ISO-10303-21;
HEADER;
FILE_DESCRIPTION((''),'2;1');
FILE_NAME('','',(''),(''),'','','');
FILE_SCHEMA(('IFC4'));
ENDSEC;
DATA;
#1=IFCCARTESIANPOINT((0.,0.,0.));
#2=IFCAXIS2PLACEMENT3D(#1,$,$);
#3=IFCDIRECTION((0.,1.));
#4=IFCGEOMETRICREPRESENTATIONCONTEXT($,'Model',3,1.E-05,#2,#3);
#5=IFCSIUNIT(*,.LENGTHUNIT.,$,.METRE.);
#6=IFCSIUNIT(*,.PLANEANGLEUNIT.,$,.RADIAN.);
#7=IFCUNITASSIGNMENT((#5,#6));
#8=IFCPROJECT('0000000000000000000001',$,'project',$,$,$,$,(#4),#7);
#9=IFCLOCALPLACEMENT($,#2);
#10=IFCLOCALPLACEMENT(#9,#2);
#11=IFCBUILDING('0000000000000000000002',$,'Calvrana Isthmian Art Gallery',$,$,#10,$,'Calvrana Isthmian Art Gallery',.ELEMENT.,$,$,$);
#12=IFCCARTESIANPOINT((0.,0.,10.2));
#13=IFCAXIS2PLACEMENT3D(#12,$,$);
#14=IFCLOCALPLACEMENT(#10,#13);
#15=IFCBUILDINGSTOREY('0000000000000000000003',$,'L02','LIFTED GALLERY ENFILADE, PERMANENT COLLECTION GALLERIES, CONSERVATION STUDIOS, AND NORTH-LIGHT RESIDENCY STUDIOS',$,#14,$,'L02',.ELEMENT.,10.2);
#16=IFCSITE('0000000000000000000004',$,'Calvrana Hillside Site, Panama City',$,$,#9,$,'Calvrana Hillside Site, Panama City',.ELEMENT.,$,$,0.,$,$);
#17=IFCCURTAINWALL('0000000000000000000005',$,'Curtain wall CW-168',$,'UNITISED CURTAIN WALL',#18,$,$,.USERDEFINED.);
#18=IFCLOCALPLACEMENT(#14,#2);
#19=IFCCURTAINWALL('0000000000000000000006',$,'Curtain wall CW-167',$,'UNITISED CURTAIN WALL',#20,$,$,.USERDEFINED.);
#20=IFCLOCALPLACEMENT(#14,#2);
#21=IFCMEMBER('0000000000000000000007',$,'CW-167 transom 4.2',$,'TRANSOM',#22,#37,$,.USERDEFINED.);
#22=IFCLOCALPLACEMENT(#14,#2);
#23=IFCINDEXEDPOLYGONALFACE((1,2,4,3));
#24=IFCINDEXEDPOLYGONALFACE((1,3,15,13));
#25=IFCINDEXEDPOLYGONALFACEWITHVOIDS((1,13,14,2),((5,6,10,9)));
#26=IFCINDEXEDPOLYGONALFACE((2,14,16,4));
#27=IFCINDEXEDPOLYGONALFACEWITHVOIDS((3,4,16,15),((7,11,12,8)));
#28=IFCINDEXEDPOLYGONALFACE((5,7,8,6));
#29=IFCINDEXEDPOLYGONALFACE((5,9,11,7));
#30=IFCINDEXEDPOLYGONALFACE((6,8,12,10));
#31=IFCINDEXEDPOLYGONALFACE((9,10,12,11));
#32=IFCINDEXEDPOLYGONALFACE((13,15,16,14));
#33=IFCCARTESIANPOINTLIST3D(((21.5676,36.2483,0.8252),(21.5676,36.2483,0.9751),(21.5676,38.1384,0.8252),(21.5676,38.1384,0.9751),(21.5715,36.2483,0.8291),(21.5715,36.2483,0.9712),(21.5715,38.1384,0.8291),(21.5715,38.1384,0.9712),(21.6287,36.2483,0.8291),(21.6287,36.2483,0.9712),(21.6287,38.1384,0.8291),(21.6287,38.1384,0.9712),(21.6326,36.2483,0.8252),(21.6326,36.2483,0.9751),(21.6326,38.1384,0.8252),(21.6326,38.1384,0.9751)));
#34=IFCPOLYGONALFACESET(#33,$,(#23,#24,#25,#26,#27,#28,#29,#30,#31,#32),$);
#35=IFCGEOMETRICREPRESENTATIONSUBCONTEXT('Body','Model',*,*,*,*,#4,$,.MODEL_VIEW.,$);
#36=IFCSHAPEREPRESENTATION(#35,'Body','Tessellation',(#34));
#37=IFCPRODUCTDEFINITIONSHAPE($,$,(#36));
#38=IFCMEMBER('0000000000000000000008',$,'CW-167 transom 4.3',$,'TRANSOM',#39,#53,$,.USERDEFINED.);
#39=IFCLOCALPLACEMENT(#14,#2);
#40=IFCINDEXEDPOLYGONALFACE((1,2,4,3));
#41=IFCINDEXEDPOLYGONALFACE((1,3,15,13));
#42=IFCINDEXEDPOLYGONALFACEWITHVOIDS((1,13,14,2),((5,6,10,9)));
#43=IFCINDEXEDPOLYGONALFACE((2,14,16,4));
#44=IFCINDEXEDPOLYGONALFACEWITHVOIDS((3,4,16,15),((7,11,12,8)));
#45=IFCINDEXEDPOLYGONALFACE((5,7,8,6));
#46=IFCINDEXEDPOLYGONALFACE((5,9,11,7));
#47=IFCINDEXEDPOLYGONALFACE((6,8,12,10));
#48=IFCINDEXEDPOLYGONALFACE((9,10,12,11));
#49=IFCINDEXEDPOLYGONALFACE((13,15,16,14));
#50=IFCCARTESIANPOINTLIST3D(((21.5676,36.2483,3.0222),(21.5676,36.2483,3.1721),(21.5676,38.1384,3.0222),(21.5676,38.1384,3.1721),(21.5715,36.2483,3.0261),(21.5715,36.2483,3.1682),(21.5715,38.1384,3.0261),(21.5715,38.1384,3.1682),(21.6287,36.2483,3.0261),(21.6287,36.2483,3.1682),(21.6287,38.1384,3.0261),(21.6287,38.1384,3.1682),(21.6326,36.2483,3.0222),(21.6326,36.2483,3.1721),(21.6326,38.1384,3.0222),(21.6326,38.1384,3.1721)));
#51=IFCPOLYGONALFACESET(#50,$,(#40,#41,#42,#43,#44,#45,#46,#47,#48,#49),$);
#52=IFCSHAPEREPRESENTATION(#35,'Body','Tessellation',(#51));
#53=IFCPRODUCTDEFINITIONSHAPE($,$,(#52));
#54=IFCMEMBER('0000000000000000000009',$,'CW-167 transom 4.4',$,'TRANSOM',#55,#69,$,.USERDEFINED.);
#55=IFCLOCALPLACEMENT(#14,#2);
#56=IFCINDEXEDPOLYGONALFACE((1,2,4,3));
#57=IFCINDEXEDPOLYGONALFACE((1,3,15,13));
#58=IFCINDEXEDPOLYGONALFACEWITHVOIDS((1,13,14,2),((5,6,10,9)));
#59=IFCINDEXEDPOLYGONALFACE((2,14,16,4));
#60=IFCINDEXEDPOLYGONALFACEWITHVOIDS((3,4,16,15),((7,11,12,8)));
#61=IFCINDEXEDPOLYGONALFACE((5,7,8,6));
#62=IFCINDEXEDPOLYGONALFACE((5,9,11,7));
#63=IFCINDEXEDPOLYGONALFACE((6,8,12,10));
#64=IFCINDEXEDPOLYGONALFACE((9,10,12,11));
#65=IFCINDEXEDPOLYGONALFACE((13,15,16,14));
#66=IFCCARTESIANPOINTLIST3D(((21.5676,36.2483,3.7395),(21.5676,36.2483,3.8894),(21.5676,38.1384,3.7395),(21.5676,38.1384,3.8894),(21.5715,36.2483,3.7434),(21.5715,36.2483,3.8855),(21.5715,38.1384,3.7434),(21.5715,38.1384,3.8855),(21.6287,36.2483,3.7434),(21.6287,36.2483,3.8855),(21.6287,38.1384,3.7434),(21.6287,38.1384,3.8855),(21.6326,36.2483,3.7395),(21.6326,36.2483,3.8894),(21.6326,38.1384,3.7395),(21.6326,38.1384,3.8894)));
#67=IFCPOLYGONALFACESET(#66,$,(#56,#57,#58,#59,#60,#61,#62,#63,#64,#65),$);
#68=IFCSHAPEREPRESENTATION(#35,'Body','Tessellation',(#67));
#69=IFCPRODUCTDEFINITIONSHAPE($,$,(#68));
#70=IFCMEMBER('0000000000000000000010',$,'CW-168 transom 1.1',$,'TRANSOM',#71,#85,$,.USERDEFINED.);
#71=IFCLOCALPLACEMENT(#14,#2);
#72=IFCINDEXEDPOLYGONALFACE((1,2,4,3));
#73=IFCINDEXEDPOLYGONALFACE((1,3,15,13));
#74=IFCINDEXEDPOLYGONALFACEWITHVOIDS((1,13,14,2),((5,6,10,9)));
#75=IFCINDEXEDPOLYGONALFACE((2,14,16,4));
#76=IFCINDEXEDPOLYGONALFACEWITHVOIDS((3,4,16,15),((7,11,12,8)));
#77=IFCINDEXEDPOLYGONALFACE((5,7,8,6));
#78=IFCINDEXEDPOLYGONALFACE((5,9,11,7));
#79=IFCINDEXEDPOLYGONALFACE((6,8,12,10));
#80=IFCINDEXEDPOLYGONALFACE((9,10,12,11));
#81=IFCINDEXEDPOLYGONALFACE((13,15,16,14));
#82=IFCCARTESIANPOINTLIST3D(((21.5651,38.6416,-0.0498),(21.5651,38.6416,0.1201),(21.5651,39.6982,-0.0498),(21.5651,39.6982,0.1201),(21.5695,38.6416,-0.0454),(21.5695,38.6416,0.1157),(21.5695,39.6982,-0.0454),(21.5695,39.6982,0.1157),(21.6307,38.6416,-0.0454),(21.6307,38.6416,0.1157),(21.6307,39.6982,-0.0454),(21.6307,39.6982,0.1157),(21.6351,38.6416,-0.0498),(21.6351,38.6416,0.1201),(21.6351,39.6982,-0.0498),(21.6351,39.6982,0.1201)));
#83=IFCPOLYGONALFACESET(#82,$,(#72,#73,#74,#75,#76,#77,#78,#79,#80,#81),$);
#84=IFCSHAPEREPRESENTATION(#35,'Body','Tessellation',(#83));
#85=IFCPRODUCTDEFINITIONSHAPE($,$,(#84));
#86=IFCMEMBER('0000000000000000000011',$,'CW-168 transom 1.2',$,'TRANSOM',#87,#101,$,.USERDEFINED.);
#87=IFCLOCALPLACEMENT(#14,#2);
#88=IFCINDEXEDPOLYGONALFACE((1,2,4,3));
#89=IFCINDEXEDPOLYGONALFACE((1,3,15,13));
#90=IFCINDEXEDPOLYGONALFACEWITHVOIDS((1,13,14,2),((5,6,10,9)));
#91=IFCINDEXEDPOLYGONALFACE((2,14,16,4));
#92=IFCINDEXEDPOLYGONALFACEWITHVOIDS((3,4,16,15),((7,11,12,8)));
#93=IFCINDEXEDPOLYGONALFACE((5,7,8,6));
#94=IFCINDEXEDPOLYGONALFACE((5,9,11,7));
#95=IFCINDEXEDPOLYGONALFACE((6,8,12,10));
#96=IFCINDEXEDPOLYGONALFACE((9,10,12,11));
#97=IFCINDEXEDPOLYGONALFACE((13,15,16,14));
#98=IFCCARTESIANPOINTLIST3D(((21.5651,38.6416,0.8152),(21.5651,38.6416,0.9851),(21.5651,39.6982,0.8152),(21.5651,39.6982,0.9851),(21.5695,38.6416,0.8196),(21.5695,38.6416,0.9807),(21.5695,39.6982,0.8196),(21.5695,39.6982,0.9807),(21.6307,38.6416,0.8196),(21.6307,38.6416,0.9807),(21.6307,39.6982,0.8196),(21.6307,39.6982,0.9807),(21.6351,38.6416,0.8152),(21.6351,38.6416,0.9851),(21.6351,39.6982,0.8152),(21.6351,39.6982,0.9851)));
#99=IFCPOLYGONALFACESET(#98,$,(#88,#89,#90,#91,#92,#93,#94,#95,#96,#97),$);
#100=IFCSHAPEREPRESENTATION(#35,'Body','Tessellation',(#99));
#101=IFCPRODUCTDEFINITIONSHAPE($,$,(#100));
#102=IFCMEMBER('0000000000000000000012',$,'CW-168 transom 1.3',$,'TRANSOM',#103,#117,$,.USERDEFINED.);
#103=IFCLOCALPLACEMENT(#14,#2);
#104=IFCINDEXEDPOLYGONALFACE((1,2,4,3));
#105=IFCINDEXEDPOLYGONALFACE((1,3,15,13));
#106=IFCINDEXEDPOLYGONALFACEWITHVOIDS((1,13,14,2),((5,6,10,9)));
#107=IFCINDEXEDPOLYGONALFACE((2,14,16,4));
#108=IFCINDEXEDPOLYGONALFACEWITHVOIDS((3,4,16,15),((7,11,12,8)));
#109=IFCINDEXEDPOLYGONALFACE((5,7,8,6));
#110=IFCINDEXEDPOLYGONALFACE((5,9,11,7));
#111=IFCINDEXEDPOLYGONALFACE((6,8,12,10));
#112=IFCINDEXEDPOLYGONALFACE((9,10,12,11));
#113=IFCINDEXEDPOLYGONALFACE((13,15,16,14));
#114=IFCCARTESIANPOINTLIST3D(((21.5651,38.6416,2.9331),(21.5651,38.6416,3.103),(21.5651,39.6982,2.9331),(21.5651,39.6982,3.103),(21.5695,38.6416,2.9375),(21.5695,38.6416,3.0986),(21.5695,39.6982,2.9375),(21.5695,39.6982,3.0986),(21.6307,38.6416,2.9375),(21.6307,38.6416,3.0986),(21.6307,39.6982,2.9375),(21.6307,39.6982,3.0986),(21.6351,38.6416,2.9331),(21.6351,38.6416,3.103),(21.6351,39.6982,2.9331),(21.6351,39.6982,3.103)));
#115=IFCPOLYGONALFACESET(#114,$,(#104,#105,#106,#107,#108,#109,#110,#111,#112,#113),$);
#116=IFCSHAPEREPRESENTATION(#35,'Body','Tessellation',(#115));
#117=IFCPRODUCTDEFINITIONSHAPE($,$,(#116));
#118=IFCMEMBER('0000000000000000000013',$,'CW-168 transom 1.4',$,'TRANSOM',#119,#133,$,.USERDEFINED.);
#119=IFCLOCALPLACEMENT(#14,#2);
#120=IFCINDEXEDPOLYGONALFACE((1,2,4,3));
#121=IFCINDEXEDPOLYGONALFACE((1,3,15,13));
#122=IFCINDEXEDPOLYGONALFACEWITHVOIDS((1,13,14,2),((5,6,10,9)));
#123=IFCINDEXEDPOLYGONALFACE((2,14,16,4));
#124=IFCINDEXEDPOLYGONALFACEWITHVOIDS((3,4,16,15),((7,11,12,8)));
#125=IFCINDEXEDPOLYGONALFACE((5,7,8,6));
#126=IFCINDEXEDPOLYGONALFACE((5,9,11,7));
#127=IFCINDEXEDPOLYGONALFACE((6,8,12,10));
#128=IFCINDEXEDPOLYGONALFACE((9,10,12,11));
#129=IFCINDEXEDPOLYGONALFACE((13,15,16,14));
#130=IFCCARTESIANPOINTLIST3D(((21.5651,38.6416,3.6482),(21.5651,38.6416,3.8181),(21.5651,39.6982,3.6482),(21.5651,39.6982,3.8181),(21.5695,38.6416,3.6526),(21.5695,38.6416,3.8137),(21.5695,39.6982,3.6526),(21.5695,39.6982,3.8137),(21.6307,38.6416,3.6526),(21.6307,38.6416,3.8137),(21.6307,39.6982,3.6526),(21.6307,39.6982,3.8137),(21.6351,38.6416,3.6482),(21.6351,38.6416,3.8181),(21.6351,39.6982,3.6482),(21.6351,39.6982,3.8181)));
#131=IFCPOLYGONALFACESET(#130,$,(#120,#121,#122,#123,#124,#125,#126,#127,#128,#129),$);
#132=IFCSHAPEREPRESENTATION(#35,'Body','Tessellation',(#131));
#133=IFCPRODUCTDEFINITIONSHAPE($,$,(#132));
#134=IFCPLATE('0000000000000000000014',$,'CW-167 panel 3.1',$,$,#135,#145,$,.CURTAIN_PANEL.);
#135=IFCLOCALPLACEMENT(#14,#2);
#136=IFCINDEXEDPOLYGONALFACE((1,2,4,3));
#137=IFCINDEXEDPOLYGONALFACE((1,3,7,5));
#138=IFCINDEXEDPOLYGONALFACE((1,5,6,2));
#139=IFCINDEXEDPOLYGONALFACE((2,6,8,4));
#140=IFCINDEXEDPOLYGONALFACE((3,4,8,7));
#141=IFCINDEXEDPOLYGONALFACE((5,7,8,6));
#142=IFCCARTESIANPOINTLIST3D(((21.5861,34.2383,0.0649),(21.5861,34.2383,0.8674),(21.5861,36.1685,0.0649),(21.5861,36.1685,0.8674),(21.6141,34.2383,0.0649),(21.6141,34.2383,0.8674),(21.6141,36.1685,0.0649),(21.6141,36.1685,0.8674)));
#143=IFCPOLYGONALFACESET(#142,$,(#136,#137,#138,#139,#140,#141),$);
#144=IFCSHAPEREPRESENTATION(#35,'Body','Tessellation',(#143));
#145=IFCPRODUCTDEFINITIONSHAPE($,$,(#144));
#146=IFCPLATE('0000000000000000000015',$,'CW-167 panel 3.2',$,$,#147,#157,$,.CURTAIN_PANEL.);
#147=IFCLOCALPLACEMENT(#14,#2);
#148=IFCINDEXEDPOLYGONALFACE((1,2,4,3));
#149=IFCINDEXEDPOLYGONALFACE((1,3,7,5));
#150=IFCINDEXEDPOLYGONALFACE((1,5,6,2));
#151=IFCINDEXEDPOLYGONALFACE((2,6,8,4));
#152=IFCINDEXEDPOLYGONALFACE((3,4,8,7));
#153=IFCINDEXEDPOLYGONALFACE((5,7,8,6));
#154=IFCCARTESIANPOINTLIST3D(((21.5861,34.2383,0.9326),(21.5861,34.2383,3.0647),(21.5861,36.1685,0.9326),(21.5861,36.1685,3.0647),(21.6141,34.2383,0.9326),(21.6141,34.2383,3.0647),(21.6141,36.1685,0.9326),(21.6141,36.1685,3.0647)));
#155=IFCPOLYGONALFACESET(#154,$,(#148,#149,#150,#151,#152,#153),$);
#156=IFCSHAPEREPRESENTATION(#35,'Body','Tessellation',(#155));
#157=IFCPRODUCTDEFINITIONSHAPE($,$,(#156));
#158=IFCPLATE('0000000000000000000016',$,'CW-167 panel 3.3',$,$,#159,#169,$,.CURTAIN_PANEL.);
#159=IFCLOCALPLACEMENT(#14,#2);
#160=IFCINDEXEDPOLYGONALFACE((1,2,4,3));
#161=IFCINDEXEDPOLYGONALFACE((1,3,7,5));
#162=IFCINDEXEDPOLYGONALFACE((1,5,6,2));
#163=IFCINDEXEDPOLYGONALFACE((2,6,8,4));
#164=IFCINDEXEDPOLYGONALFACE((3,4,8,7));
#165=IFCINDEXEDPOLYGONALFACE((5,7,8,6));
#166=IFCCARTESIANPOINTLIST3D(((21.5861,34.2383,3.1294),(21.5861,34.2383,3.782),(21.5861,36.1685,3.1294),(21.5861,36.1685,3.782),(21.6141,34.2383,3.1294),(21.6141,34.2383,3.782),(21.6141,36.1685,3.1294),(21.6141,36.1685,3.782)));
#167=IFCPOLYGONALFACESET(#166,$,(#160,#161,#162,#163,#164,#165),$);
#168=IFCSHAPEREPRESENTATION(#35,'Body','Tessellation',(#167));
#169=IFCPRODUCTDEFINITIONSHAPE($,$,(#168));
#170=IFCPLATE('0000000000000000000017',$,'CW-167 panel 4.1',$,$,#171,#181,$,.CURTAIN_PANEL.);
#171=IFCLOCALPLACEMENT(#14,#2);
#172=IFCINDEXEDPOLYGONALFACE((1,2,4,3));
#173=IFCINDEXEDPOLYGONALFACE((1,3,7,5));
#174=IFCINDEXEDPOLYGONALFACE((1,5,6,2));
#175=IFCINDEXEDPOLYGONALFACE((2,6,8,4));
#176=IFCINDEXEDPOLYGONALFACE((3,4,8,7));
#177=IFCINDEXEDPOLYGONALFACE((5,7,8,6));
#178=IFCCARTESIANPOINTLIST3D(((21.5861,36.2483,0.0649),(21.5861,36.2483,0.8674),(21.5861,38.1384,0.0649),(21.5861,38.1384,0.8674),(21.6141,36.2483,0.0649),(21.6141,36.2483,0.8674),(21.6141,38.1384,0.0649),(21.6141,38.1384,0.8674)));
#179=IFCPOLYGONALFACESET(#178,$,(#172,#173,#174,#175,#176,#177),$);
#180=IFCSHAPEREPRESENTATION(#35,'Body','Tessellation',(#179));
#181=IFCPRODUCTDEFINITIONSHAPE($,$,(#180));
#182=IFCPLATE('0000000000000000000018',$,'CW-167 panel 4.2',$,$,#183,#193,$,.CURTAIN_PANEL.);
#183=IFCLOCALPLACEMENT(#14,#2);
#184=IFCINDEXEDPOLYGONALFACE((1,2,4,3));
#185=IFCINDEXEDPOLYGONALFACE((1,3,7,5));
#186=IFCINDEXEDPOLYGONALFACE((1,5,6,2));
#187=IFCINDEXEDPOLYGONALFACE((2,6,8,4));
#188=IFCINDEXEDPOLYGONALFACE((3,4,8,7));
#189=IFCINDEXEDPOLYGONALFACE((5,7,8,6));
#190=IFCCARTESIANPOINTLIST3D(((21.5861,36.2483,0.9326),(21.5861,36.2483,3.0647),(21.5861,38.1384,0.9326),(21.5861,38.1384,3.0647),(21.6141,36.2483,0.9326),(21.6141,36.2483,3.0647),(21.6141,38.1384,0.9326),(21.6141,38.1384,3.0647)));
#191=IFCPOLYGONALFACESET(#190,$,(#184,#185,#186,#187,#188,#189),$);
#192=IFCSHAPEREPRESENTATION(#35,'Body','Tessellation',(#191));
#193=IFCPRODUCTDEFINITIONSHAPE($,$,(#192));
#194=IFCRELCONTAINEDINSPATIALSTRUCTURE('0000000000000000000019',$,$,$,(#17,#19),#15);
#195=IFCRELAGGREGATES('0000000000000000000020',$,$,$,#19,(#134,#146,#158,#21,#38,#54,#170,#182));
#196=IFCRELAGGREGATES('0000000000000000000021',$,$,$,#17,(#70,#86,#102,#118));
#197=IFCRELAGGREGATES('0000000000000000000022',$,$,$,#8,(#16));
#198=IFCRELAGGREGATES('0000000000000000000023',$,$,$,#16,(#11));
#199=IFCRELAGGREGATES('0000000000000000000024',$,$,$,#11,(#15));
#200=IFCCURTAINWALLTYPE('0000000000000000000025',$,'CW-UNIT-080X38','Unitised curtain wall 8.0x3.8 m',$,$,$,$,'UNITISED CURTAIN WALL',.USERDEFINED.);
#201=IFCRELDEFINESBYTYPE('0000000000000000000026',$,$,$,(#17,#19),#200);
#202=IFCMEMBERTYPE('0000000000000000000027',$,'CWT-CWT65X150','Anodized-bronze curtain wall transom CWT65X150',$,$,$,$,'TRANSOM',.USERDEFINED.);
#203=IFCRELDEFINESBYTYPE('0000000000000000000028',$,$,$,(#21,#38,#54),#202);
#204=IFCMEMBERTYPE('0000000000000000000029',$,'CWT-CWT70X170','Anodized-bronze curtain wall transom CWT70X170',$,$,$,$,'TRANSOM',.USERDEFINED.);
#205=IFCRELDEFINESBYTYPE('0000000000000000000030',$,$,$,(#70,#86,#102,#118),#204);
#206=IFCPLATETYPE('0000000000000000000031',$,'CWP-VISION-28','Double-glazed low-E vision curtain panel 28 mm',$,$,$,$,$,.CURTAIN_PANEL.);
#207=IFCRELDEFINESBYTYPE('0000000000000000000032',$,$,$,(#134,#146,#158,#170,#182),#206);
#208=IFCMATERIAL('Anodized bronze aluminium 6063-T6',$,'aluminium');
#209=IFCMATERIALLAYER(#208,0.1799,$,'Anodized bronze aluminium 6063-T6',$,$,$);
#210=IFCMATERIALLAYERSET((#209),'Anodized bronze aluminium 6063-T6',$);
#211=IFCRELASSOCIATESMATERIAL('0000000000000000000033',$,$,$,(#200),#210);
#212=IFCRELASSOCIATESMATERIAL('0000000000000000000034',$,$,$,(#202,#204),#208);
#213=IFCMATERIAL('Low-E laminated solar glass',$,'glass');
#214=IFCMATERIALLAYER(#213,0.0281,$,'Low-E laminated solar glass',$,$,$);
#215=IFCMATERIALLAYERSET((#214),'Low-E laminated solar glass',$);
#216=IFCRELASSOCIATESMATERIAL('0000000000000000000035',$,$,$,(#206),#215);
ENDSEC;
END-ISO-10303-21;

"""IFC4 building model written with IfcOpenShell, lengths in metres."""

from ifc_helpers import new_model, si_unit, direction, frame, origin, origin_2d, place, context, subcontext, project, spatial, rectangle, hollow_rectangle, extrude, material, layer, layer_set, material_profile, profile_set, type_object, element, aggregate, save


model = new_model("IFC4")

# Units and contexts
model_context = context("Model", 3, precision=1e-05, world=origin(), true_north=direction((0.0, 1.0)))
body_context = subcontext(model_context, "Body", "Model", "MODEL_VIEW")
ifc_project = project(units=[si_unit("LENGTHUNIT", "METRE"), si_unit("PLANEANGLEUNIT", "RADIAN")], contexts=[model_context])

# Site, building, storey
site_placement = place(None, origin())
site = spatial("IfcSite", under=ifc_project, at=site_placement, Name="Calvrana Hillside Site, Panama City", LongName="Calvrana Hillside Site, Panama City", CompositionType="ELEMENT", RefElevation=0.0)
building_placement = place(site_placement, origin())
building = spatial("IfcBuilding", under=site, at=building_placement, Name="Calvrana Isthmian Art Gallery", LongName="Calvrana Isthmian Art Gallery", CompositionType="ELEMENT")
storey_placement = place(building_placement, frame((0.0, 0.0, 10.2)))
storey = spatial("IfcBuildingStorey", under=building, at=storey_placement, Name="L02", Description="LIFTED GALLERY ENFILADE, PERMANENT COLLECTION GALLERIES, CONSERVATION STUDIOS, AND NORTH-LIGHT RESIDENCY STUDIOS", LongName="L02", CompositionType="ELEMENT", Elevation=10.2)

# Curtain wall
ifc_material_1 = material(Name="Anodized bronze aluminium 6063-T6", Category="aluminium")
ifc_layer_1 = layer(ifc_material_1, 0.1799, Name="Anodized bronze aluminium 6063-T6")
ifc_layer_set_1 = layer_set([ifc_layer_1], Name="Anodized bronze aluminium 6063-T6")
curtain_wall_type = type_object("IfcCurtainWallType", Name="CW-UNIT-080X38", Description="Unitised curtain wall 8.0x3.8 m", ElementType="UNITISED CURTAIN WALL", PredefinedType="USERDEFINED", material=ifc_layer_set_1)
curtain_wall_1_placement = place(storey_placement, origin())
curtain_wall_1 = element("IfcCurtainWall", 1, at=curtain_wall_1_placement, inside=storey, type_object=curtain_wall_type, Name="Curtain wall CW-168", ObjectType="UNITISED CURTAIN WALL", PredefinedType="USERDEFINED")

# Curtain wall, members
curtain_wall_2_placement = place(storey_placement, origin())
curtain_wall_2 = element("IfcCurtainWall", 2, at=curtain_wall_2_placement, inside=storey, type_object=curtain_wall_type, Name="Curtain wall CW-167", ObjectType="UNITISED CURTAIN WALL", PredefinedType="USERDEFINED")
ifc_material_profile_1 = material_profile(ifc_material_1, hollow_rectangle(XDim=0.0649, YDim=0.1499, WallThickness=0.0039, at=origin_2d()), Name="CWT65X150")
ifc_profile_set_1 = profile_set([ifc_material_profile_1], Name="Anodized bronze aluminium 6063-T6")
member_type_1 = type_object("IfcMemberType", Name="CWT-CWT65X150", Description="Anodized-bronze curtain wall transom CWT65X150", ElementType="TRANSOM", PredefinedType="USERDEFINED", material=ifc_profile_set_1)
member_1_placement = place(storey_placement, frame((21.6001, 36.2483, 0.9001), z_axis=(0.0, 1.0, 0.0), x_axis=(-1.0, 0.0, 0.0)))
member_1 = element("IfcMember", 3, at=member_1_placement, type_object=member_type_1, Name="CW-167 transom 4.2", ObjectType="TRANSOM", PredefinedType="USERDEFINED", context=body_context, shape_type="SweptSolid", body=[
    extrude(hollow_rectangle(XDim=0.0649, YDim=0.1499, WallThickness=0.0039, at=origin_2d()), origin(), (0.0, 0.0, 1.0), 1.8901),
])
member_2_placement = place(storey_placement, frame((21.6001, 36.2483, 3.0972), z_axis=(0.0, 1.0, 0.0), x_axis=(-1.0, 0.0, 0.0)))
member_2 = element("IfcMember", 4, at=member_2_placement, type_object=member_type_1, Name="CW-167 transom 4.3", ObjectType="TRANSOM", PredefinedType="USERDEFINED", context=body_context, shape_type="SweptSolid", body=[
    extrude(hollow_rectangle(XDim=0.0649, YDim=0.1499, WallThickness=0.0039, at=origin_2d()), origin(), (0.0, 0.0, 1.0), 1.8901),
])
member_3_placement = place(storey_placement, frame((21.6001, 36.2483, 3.8145), z_axis=(0.0, 1.0, 0.0), x_axis=(-1.0, 0.0, 0.0)))
member_3 = element("IfcMember", 5, at=member_3_placement, type_object=member_type_1, Name="CW-167 transom 4.4", ObjectType="TRANSOM", PredefinedType="USERDEFINED", context=body_context, shape_type="SweptSolid", body=[
    extrude(hollow_rectangle(XDim=0.0649, YDim=0.1499, WallThickness=0.0039, at=origin_2d()), origin(), (0.0, 0.0, 1.0), 1.8901),
])

# Members
ifc_material_profile_2 = material_profile(ifc_material_1, hollow_rectangle(XDim=0.0701, YDim=0.1699, WallThickness=0.0044, at=origin_2d()), Name="CWT70X170")
ifc_profile_set_2 = profile_set([ifc_material_profile_2], Name="Anodized bronze aluminium 6063-T6")
member_type_2 = type_object("IfcMemberType", Name="CWT-CWT70X170", Description="Anodized-bronze curtain wall transom CWT70X170", ElementType="TRANSOM", PredefinedType="USERDEFINED", material=ifc_profile_set_2)
member_4_placement = place(storey_placement, frame((21.6001, 38.6416, 0.0352), z_axis=(0.0, 1.0, 0.0), x_axis=(-1.0, 0.0, 0.0)))
member_4 = element("IfcMember", 6, at=member_4_placement, type_object=member_type_2, Name="CW-168 transom 1.1", ObjectType="TRANSOM", PredefinedType="USERDEFINED", context=body_context, shape_type="SweptSolid", body=[
    extrude(hollow_rectangle(XDim=0.0701, YDim=0.1699, WallThickness=0.0044, at=origin_2d()), origin(), (0.0, 0.0, 1.0), 1.0566),
])
member_5_placement = place(storey_placement, frame((21.6001, 38.6416, 0.9001), z_axis=(0.0, 1.0, 0.0), x_axis=(-1.0, 0.0, 0.0)))
member_5 = element("IfcMember", 7, at=member_5_placement, type_object=member_type_2, Name="CW-168 transom 1.2", ObjectType="TRANSOM", PredefinedType="USERDEFINED", context=body_context, shape_type="SweptSolid", body=[
    extrude(hollow_rectangle(XDim=0.0701, YDim=0.1699, WallThickness=0.0044, at=origin_2d()), origin(), (0.0, 0.0, 1.0), 1.0566),
])
member_6_placement = place(storey_placement, frame((21.6001, 38.6416, 3.0181), z_axis=(0.0, 1.0, 0.0), x_axis=(-1.0, 0.0, 0.0)))
member_6 = element("IfcMember", 8, at=member_6_placement, type_object=member_type_2, Name="CW-168 transom 1.3", ObjectType="TRANSOM", PredefinedType="USERDEFINED", context=body_context, shape_type="SweptSolid", body=[
    extrude(hollow_rectangle(XDim=0.0701, YDim=0.1699, WallThickness=0.0044, at=origin_2d()), origin(), (0.0, 0.0, 1.0), 1.0566),
])
member_7_placement = place(storey_placement, frame((21.6001, 38.6416, 3.7332), z_axis=(0.0, 1.0, 0.0), x_axis=(-1.0, 0.0, 0.0)))
member_7 = element("IfcMember", 9, at=member_7_placement, type_object=member_type_2, Name="CW-168 transom 1.4", ObjectType="TRANSOM", PredefinedType="USERDEFINED", context=body_context, shape_type="SweptSolid", body=[
    extrude(hollow_rectangle(XDim=0.0701, YDim=0.1699, WallThickness=0.0044, at=origin_2d()), origin(), (0.0, 0.0, 1.0), 1.0566),
])

# Plates
ifc_material_2 = material(Name="Low-E laminated solar glass", Category="glass")
ifc_layer_2 = layer(ifc_material_2, 0.0281, Name="Low-E laminated solar glass")
ifc_layer_set_2 = layer_set([ifc_layer_2], Name="Low-E laminated solar glass")
plate_type = type_object("IfcPlateType", Name="CWP-VISION-28", Description="Double-glazed low-E vision curtain panel 28 mm", PredefinedType="CURTAIN_PANEL", material=ifc_layer_set_2)
plate_1_placement = place(storey_placement, frame((21.6001, 35.2034, 0.0649), z_axis=(0.0, 0.0, 1.0), x_axis=(0.0, 1.0, 0.0)))
plate_1 = element("IfcPlate", 10, at=plate_1_placement, type_object=plate_type, Name="CW-167 panel 3.1", PredefinedType="CURTAIN_PANEL", context=body_context, shape_type="SweptSolid", body=[
    extrude(rectangle(XDim=1.9302, YDim=0.0281, at=origin_2d()), origin(), (0.0, 0.0, 1.0), 0.8025),
])
plate_2_placement = place(storey_placement, frame((21.6001, 35.2034, 0.9326), z_axis=(0.0, 0.0, 1.0), x_axis=(0.0, 1.0, 0.0)))
plate_2 = element("IfcPlate", 11, at=plate_2_placement, type_object=plate_type, Name="CW-167 panel 3.2", PredefinedType="CURTAIN_PANEL", context=body_context, shape_type="SweptSolid", body=[
    extrude(rectangle(XDim=1.9302, YDim=0.0281, at=origin_2d()), origin(), (0.0, 0.0, 1.0), 2.1321),
])
plate_3_placement = place(storey_placement, frame((21.6001, 35.2034, 3.1294), z_axis=(0.0, 0.0, 1.0), x_axis=(0.0, 1.0, 0.0)))
plate_3 = element("IfcPlate", 12, at=plate_3_placement, type_object=plate_type, Name="CW-167 panel 3.3", PredefinedType="CURTAIN_PANEL", context=body_context, shape_type="SweptSolid", body=[
    extrude(rectangle(XDim=1.9302, YDim=0.0281, at=origin_2d()), origin(), (0.0, 0.0, 1.0), 0.6526),
])
plate_4_placement = place(storey_placement, frame((21.6001, 37.1934, 0.0649), z_axis=(0.0, 0.0, 1.0), x_axis=(0.0, 1.0, 0.0)))
plate_4 = element("IfcPlate", 13, at=plate_4_placement, type_object=plate_type, Name="CW-167 panel 4.1", PredefinedType="CURTAIN_PANEL", context=body_context, shape_type="SweptSolid", body=[
    extrude(rectangle(XDim=1.8901, YDim=0.0281, at=origin_2d()), origin(), (0.0, 0.0, 1.0), 0.8025),
])
plate_5_placement = place(storey_placement, frame((21.6001, 37.1934, 0.9326), z_axis=(0.0, 0.0, 1.0), x_axis=(0.0, 1.0, 0.0)))
plate_5 = element("IfcPlate", 14, at=plate_5_placement, type_object=plate_type, Name="CW-167 panel 4.2", PredefinedType="CURTAIN_PANEL", context=body_context, shape_type="SweptSolid", body=[
    extrude(rectangle(XDim=1.8901, YDim=0.0281, at=origin_2d()), origin(), (0.0, 0.0, 1.0), 2.1321),
])
aggregate(curtain_wall_2, [plate_1, plate_2, plate_3, member_1, member_2, member_3, plate_4, plate_5])
aggregate(curtain_wall_1, [member_4, member_5, member_6, member_7])

save(model, "model.ifc")
